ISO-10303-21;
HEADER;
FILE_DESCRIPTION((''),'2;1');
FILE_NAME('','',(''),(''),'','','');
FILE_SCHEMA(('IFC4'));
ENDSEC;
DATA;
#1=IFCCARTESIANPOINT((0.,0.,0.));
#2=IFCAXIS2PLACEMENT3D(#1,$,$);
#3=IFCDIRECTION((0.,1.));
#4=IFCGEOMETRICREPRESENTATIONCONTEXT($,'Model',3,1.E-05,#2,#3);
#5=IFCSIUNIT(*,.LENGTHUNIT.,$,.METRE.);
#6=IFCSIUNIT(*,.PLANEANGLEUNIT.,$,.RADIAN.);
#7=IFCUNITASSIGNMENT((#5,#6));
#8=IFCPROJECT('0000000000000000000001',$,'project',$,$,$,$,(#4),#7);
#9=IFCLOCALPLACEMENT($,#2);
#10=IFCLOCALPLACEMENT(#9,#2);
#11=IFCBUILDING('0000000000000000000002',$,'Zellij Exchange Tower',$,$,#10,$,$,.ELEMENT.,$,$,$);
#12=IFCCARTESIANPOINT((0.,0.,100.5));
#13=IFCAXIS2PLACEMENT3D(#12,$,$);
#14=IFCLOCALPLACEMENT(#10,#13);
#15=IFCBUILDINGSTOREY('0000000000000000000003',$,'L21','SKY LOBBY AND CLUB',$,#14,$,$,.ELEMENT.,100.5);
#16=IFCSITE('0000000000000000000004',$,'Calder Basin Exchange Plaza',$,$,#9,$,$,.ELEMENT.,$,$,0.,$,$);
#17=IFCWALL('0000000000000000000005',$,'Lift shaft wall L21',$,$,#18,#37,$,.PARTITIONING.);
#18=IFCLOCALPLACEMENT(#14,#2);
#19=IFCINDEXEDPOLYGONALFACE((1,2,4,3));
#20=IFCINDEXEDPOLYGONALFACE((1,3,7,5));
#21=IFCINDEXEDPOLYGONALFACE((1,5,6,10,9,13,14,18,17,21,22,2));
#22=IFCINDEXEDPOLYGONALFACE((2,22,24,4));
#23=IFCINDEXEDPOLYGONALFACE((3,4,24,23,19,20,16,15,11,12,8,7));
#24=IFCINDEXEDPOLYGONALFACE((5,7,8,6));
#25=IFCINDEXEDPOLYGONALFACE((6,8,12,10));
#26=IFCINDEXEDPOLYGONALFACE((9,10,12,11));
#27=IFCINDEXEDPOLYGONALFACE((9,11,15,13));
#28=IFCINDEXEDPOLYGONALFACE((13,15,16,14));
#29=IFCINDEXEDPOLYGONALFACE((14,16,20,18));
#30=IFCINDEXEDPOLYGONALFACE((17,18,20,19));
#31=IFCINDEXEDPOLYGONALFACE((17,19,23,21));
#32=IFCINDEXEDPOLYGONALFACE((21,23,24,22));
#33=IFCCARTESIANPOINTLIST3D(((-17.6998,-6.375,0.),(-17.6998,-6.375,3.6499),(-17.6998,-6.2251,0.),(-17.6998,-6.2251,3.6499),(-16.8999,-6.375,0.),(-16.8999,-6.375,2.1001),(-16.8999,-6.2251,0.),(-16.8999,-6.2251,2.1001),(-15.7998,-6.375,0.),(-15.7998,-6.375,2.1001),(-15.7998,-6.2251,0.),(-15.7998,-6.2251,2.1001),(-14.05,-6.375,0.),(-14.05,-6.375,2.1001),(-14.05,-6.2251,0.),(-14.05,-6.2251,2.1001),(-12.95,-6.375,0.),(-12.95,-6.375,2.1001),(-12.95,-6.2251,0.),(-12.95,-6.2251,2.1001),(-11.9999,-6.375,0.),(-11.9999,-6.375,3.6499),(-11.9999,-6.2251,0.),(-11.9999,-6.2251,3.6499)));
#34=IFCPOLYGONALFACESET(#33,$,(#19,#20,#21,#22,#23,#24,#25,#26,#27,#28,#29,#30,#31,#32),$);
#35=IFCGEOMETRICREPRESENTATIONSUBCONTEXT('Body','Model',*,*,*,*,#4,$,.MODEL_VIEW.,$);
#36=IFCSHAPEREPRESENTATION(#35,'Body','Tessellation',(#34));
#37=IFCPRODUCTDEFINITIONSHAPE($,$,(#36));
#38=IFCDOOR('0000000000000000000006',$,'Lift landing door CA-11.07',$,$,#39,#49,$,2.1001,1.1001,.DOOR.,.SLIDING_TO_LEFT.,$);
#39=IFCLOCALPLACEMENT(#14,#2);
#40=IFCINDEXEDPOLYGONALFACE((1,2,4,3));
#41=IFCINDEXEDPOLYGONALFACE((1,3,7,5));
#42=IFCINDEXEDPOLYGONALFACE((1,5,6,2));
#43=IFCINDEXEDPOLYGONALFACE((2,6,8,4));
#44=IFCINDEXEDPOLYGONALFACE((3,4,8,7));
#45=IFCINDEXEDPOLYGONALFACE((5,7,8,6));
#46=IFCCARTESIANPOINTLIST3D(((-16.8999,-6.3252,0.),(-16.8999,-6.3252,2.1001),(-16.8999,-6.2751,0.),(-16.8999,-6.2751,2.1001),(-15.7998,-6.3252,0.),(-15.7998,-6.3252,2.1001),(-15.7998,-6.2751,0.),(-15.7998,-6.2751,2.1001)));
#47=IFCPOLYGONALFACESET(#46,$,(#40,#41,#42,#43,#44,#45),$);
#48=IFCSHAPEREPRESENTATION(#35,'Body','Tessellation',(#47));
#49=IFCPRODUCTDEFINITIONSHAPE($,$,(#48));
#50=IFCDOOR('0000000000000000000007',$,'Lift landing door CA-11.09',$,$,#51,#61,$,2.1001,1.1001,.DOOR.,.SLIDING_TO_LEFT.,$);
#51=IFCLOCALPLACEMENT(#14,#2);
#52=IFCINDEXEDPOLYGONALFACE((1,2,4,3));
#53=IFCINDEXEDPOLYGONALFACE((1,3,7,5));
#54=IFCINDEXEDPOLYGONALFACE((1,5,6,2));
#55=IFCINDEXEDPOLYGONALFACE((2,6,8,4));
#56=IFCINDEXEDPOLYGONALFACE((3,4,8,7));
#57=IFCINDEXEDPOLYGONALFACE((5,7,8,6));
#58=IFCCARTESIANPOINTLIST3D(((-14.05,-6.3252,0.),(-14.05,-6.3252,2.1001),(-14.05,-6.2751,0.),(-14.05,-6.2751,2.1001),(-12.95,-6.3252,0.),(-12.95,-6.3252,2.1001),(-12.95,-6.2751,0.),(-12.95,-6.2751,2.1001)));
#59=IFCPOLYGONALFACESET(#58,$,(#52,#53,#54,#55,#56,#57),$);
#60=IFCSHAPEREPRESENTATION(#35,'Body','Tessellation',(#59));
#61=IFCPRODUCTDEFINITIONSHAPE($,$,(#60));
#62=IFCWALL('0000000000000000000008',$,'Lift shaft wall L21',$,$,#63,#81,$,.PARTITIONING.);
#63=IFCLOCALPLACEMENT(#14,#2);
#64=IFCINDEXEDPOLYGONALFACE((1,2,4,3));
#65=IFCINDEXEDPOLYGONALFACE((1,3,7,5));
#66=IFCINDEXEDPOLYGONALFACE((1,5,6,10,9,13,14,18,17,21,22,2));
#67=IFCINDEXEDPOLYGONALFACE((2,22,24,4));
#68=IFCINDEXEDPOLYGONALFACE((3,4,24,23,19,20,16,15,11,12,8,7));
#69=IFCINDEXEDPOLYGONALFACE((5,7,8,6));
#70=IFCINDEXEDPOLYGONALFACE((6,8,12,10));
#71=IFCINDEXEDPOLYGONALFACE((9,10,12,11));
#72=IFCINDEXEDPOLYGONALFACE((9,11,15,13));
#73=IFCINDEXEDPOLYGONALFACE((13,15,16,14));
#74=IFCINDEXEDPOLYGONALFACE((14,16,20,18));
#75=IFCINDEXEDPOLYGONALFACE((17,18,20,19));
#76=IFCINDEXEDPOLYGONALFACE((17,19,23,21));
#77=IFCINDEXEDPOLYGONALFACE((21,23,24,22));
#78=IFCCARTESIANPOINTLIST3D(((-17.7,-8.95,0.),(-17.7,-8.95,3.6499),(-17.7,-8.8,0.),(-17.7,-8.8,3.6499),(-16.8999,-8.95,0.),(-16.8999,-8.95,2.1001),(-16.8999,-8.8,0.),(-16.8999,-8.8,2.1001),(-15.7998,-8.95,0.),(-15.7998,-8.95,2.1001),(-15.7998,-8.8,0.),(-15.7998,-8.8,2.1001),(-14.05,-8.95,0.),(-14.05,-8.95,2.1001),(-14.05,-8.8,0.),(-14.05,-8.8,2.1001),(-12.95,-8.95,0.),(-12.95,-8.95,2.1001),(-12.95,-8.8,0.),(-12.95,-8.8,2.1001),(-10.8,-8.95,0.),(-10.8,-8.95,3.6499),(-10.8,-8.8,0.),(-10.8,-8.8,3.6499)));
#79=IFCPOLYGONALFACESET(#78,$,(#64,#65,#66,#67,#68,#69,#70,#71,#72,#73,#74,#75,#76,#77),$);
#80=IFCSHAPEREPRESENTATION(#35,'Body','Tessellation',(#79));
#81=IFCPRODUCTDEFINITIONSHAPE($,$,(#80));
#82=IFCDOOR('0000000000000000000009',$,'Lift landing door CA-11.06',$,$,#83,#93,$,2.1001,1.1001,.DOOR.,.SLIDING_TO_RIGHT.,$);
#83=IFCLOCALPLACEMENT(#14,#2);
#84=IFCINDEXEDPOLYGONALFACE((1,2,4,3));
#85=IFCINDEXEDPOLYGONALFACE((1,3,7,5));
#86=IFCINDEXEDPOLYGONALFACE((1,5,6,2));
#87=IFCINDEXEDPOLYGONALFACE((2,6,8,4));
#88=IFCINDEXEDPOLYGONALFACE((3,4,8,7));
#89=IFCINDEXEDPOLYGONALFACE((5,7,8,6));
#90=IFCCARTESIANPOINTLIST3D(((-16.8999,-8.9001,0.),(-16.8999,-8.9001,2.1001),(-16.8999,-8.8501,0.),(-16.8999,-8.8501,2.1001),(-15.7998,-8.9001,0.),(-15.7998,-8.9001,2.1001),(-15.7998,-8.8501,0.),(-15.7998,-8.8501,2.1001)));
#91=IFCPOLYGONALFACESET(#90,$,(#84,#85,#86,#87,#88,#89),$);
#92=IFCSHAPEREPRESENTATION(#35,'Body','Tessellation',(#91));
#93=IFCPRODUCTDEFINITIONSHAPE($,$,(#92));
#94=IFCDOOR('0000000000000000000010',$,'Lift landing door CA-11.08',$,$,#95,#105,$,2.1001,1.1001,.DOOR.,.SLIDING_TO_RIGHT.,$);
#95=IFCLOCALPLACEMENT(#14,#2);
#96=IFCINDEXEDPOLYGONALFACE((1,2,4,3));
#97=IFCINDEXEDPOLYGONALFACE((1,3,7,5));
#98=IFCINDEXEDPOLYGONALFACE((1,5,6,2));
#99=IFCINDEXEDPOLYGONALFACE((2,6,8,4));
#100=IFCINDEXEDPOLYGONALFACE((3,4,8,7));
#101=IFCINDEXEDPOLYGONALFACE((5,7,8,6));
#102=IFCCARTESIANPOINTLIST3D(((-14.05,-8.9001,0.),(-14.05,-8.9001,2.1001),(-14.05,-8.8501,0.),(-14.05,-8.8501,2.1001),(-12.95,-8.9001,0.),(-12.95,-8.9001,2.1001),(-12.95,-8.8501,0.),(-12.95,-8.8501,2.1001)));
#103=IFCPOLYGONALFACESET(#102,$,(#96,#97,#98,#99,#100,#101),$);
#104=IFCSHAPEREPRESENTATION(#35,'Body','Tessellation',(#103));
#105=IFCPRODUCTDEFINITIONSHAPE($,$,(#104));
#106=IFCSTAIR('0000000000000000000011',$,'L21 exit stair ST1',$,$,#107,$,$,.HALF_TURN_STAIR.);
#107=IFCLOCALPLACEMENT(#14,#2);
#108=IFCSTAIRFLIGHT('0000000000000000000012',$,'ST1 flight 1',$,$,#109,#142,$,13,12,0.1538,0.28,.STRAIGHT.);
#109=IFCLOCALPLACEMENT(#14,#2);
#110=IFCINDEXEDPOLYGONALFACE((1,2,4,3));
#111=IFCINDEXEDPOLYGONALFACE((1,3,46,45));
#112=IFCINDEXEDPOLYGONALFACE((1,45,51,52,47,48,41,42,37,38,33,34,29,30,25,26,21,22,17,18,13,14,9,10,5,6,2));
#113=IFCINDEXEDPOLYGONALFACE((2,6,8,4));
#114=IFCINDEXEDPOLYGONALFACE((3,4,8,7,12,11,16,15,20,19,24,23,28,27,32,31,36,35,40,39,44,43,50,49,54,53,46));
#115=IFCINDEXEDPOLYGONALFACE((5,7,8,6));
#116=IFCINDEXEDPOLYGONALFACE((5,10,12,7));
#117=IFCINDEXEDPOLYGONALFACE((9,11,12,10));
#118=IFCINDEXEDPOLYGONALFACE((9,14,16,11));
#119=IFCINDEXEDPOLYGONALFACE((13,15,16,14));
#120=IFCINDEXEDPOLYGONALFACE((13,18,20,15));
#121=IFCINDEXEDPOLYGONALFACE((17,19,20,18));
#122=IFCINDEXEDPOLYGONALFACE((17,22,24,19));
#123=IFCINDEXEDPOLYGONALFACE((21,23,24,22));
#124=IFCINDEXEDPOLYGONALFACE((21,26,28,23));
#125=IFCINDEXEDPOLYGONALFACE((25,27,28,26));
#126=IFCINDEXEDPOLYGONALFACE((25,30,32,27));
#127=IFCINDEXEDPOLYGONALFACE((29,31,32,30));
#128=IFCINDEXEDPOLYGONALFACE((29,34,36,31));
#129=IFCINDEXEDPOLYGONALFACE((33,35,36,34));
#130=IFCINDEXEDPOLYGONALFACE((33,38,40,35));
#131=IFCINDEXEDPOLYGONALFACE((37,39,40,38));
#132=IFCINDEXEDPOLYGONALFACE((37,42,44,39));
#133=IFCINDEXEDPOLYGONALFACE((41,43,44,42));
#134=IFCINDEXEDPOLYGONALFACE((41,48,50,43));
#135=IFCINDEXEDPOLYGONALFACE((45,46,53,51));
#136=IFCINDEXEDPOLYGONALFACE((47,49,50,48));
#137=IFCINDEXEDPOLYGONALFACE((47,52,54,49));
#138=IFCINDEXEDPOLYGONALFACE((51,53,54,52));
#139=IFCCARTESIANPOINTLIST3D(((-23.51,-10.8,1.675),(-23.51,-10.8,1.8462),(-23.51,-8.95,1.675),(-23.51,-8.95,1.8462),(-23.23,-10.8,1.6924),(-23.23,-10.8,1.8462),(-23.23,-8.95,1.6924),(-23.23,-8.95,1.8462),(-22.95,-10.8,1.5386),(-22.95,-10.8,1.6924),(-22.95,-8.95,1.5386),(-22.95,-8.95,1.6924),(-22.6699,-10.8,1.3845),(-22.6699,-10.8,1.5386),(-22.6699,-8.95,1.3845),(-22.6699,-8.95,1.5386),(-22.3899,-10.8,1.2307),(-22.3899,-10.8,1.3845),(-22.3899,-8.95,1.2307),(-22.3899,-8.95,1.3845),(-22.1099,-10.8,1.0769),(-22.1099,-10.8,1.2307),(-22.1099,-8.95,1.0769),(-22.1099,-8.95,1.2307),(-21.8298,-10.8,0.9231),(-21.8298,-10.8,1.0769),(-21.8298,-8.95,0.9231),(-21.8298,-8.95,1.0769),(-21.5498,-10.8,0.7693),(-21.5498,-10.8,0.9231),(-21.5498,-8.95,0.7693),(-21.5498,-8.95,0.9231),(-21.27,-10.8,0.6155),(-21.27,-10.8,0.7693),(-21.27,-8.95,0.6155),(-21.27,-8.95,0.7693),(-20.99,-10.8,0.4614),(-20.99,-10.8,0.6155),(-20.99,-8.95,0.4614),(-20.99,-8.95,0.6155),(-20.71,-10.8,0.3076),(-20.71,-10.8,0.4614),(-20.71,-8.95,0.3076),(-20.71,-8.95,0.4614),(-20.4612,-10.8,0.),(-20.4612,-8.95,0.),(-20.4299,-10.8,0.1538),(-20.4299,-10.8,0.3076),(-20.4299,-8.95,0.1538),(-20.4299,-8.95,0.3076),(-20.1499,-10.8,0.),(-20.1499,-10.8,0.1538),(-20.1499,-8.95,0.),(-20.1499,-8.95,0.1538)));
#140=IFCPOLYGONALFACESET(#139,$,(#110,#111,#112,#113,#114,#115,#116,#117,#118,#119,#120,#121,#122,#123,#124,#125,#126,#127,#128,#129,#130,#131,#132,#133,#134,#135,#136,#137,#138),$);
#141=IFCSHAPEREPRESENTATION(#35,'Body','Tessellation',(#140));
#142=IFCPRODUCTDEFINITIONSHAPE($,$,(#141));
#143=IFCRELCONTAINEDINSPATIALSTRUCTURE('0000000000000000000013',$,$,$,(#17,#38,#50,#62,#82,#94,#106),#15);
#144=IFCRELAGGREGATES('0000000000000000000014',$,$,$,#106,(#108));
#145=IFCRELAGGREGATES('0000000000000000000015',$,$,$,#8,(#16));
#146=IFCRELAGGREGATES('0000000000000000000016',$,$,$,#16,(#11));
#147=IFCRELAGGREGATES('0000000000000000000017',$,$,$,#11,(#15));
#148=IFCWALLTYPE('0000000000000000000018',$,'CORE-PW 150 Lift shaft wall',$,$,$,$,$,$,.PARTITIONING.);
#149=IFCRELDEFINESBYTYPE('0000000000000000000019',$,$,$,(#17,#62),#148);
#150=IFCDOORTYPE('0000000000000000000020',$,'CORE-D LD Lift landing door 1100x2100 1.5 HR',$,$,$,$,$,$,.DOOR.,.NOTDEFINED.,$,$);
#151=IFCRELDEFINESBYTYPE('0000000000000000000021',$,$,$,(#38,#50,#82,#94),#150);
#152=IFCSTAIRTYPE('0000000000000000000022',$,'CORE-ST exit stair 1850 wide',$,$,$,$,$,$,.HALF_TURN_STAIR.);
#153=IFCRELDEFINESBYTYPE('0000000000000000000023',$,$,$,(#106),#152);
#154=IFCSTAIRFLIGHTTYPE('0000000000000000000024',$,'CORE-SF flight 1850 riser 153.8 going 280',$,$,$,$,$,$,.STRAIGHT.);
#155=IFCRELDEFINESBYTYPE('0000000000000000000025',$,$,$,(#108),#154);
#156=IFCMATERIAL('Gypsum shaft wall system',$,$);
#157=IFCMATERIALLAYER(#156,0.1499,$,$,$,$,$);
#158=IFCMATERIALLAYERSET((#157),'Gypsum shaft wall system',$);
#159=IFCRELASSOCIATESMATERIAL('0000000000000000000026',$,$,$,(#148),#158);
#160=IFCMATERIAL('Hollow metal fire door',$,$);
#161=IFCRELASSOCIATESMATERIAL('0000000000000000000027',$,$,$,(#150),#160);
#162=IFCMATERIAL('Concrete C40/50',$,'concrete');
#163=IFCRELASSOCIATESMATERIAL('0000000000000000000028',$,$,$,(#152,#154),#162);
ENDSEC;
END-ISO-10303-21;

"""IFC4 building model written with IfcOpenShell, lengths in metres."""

from ifc_helpers import new_model, si_unit, direction, frame, frame_2d, origin, place, context, subcontext, project, spatial, polyline, rectangle, outline, extrude, material, layer, layer_set, type_object, element, fill, aggregate, save


model = new_model("IFC4")

# Units and contexts
model_context = context("Model", 3, precision=1e-05, world=origin(), true_north=direction((0.0, 1.0)))
body_context = subcontext(model_context, "Body", "Model", "MODEL_VIEW")
ifc_project = project(units=[si_unit("LENGTHUNIT", "METRE"), si_unit("PLANEANGLEUNIT", "RADIAN")], contexts=[model_context])

# Site, building, storey
site_placement = place(None, origin())
site = spatial("IfcSite", under=ifc_project, at=site_placement, Name="Calder Basin Exchange Plaza", CompositionType="ELEMENT", RefElevation=0.0)
building_placement = place(site_placement, origin())
building = spatial("IfcBuilding", under=site, at=building_placement, Name="Zellij Exchange Tower", CompositionType="ELEMENT")
storey_placement = place(building_placement, frame((0.0, 0.0, 100.5)))
storey = spatial("IfcBuildingStorey", under=building, at=storey_placement, Name="L21", Description="SKY LOBBY AND CLUB", CompositionType="ELEMENT", Elevation=100.5)

# Shared definitions
ifc_material_1 = material(Name="Hollow metal fire door")

# Shared definitions
ifc_material_2 = material(Name="Gypsum shaft wall system")
ifc_layer_1 = layer(ifc_material_2, 0.1499)
ifc_layer_set_1 = layer_set([ifc_layer_1], Name="Gypsum shaft wall system")
wall_type_1 = type_object("IfcWallType", Name="CORE-PW 150 Lift shaft wall", PredefinedType="PARTITIONING", material=ifc_layer_set_1)

# Walls, openings, doors
wall_1_placement = place(storey_placement, frame((-17.7, -6.3, 0.0), z_axis=(0.0, 0.0, 1.0), x_axis=(1.0, 0.0, 0.0)))
wall_1 = element("IfcWall", 1, at=wall_1_placement, inside=storey, type_object=wall_type_1, Name="Lift shaft wall L21", PredefinedType="PARTITIONING", context=body_context, shape_type="SweptSolid", body=[
    extrude(rectangle(XDim=5.7, YDim=0.1499, at=frame_2d((2.8501, 0.0))), origin(), (0.0, 0.0, 1.0), 3.6499),
])
opening_1_placement = place(wall_1_placement, frame((0.8, 0.0, 0.0)))
opening_1 = element("IfcOpeningElement", 2, at=opening_1_placement, cuts=wall_1, PredefinedType="OPENING", context=body_context, shape_type="SweptSolid", body=[
    extrude(rectangle(XDim=1.1001, YDim=2.1001, at=frame_2d((0.55, 1.05))), frame((0.0, 0.0869, 0.0), z_axis=(0.0, -1.0, 0.0), x_axis=(1.0, 0.0, 0.0)), (0.0, 0.0, 1.0), 0.1738),
])
opening_2_placement = place(wall_1_placement, frame((3.6499, 0.0, 0.0)))
opening_2 = element("IfcOpeningElement", 3, at=opening_2_placement, cuts=wall_1, PredefinedType="OPENING", context=body_context, shape_type="SweptSolid", body=[
    extrude(rectangle(XDim=1.1001, YDim=2.1001, at=frame_2d((0.55, 1.05))), frame((0.0, 0.0869, 0.0), z_axis=(0.0, -1.0, 0.0), x_axis=(1.0, 0.0, 0.0)), (0.0, 0.0, 1.0), 0.1738),
])
door_type_1 = type_object("IfcDoorType", Name="CORE-D LD Lift landing door 1100x2100 1.5 HR", OperationType="NOTDEFINED", PredefinedType="DOOR", material=ifc_material_1)
door_1_placement = place(opening_1_placement, origin())
door_1 = element("IfcDoor", 4, at=door_1_placement, inside=storey, type_object=door_type_1, Name="Lift landing door CA-11.07", OperationType="SLIDING_TO_LEFT", OverallHeight=2.1001, OverallWidth=1.1001, PredefinedType="DOOR", context=body_context, shape_type="SweptSolid", body=[
    extrude(rectangle(XDim=1.1001, YDim=2.1001, at=frame_2d((0.55, 1.05))), frame((0.0, 0.0249, 0.0), z_axis=(0.0, -1.0, 0.0), x_axis=(1.0, 0.0, 0.0)), (0.0, 0.0, 1.0), 0.05),
])
fill(opening_1, door_1)
door_2_placement = place(opening_2_placement, origin())
door_2 = element("IfcDoor", 5, at=door_2_placement, inside=storey, type_object=door_type_1, Name="Lift landing door CA-11.09", OperationType="SLIDING_TO_LEFT", OverallHeight=2.1001, OverallWidth=1.1001, PredefinedType="DOOR", context=body_context, shape_type="SweptSolid", body=[
    extrude(rectangle(XDim=1.1001, YDim=2.1001, at=frame_2d((0.55, 1.05))), frame((0.0, 0.0249, 0.0), z_axis=(0.0, -1.0, 0.0), x_axis=(1.0, 0.0, 0.0)), (0.0, 0.0, 1.0), 0.05),
])
fill(opening_2, door_2)
wall_2_placement = place(storey_placement, frame((-17.7, -8.875, 0.0), z_axis=(0.0, 0.0, 1.0), x_axis=(1.0, 0.0, 0.0)))
wall_2 = element("IfcWall", 6, at=wall_2_placement, inside=storey, type_object=wall_type_1, Name="Lift shaft wall L21", PredefinedType="PARTITIONING", context=body_context, shape_type="SweptSolid", body=[
    extrude(rectangle(XDim=6.8999, YDim=0.1499, at=frame_2d((3.45, 0.0))), origin(), (0.0, 0.0, 1.0), 3.6499),
])
opening_3_placement = place(wall_2_placement, frame((0.8, 0.0, 0.0)))
opening_3 = element("IfcOpeningElement", 7, at=opening_3_placement, cuts=wall_2, PredefinedType="OPENING", context=body_context, shape_type="SweptSolid", body=[
    extrude(rectangle(XDim=1.1001, YDim=2.1001, at=frame_2d((0.55, 1.05))), frame((0.0, 0.0869, 0.0), z_axis=(0.0, -1.0, 0.0), x_axis=(1.0, 0.0, 0.0)), (0.0, 0.0, 1.0), 0.1738),
])
opening_4_placement = place(wall_2_placement, frame((3.6499, 0.0, 0.0)))
opening_4 = element("IfcOpeningElement", 8, at=opening_4_placement, cuts=wall_2, PredefinedType="OPENING", context=body_context, shape_type="SweptSolid", body=[
    extrude(rectangle(XDim=1.1001, YDim=2.1001, at=frame_2d((0.55, 1.05))), frame((0.0, 0.0869, 0.0), z_axis=(0.0, -1.0, 0.0), x_axis=(1.0, 0.0, 0.0)), (0.0, 0.0, 1.0), 0.1738),
])
door_3_placement = place(opening_3_placement, origin())
door_3 = element("IfcDoor", 9, at=door_3_placement, inside=storey, type_object=door_type_1, Name="Lift landing door CA-11.06", OperationType="SLIDING_TO_RIGHT", OverallHeight=2.1001, OverallWidth=1.1001, PredefinedType="DOOR", context=body_context, shape_type="SweptSolid", body=[
    extrude(rectangle(XDim=1.1001, YDim=2.1001, at=frame_2d((0.55, 1.05))), frame((0.0, 0.0249, 0.0), z_axis=(0.0, -1.0, 0.0), x_axis=(1.0, 0.0, 0.0)), (0.0, 0.0, 1.0), 0.05),
])
fill(opening_3, door_3)
door_4_placement = place(opening_4_placement, origin())
door_4 = element("IfcDoor", 10, at=door_4_placement, inside=storey, type_object=door_type_1, Name="Lift landing door CA-11.08", OperationType="SLIDING_TO_RIGHT", OverallHeight=2.1001, OverallWidth=1.1001, PredefinedType="DOOR", context=body_context, shape_type="SweptSolid", body=[
    extrude(rectangle(XDim=1.1001, YDim=2.1001, at=frame_2d((0.55, 1.05))), frame((0.0, 0.0249, 0.0), z_axis=(0.0, -1.0, 0.0), x_axis=(1.0, 0.0, 0.0)), (0.0, 0.0, 1.0), 0.05),
])
fill(opening_4, door_4)

# Stair, stair flight
ifc_material_3 = material(Name="Concrete C40/50", Category="concrete")
stair_type = type_object("IfcStairType", Name="CORE-ST exit stair 1850 wide", PredefinedType="HALF_TURN_STAIR", material=ifc_material_3)
stair_placement = place(storey_placement, origin())
stair = element("IfcStair", 11, at=stair_placement, inside=storey, type_object=stair_type, Name="L21 exit stair ST1", PredefinedType="HALF_TURN_STAIR")
stair_flight_type = type_object("IfcStairFlightType", Name="CORE-SF flight 1850 riser 153.8 going 280", PredefinedType="STRAIGHT", material=ifc_material_3)
stair_flight_placement = place(storey_placement, frame((-20.1499, -9.875, 0.0), z_axis=(0.0, 0.0, 1.0), x_axis=(-1.0, 0.0, 0.0)))
stair_flight = element("IfcStairFlight", 12, at=stair_flight_placement, type_object=stair_flight_type, Name="ST1 flight 1", NumberOfRisers=13, NumberOfTreads=12, PredefinedType="STRAIGHT", RiserHeight=0.1538, TreadLength=0.28, context=body_context, shape_type="SweptSolid", body=[
    extrude(outline(polyline([(0.0, 0.0), (0.0, 0.1538), (0.28, 0.1538), (0.28, 0.3076), (0.5601, 0.3076), (0.5601, 0.4614), (0.8401, 0.4614), (0.8401, 0.6155), (1.1201, 0.6155), (1.1201, 0.7693), (1.3999, 0.7693), (1.3999, 0.9231), (1.6799, 0.9231), (1.6799, 1.0769), (1.96, 1.0769), (1.96, 1.2307), (2.24, 1.2307), (2.24, 1.3845), (2.52, 1.3845), (2.52, 1.5386), (2.8, 1.5386), (2.8, 1.6924), (3.0801, 1.6924), (3.0801, 1.8462), (3.3601, 1.8462), (3.3601, 2.0), (3.3601, 1.675), (0.3113, 0.0), (0.0, 0.0)])), frame((0.0, 0.925, 0.0), z_axis=(0.0, -1.0, 0.0), x_axis=(1.0, 0.0, 0.0)), (0.0, 0.0, 1.0), 1.8501),
])
aggregate(stair, [stair_flight])

save(model, "model.ifc")
